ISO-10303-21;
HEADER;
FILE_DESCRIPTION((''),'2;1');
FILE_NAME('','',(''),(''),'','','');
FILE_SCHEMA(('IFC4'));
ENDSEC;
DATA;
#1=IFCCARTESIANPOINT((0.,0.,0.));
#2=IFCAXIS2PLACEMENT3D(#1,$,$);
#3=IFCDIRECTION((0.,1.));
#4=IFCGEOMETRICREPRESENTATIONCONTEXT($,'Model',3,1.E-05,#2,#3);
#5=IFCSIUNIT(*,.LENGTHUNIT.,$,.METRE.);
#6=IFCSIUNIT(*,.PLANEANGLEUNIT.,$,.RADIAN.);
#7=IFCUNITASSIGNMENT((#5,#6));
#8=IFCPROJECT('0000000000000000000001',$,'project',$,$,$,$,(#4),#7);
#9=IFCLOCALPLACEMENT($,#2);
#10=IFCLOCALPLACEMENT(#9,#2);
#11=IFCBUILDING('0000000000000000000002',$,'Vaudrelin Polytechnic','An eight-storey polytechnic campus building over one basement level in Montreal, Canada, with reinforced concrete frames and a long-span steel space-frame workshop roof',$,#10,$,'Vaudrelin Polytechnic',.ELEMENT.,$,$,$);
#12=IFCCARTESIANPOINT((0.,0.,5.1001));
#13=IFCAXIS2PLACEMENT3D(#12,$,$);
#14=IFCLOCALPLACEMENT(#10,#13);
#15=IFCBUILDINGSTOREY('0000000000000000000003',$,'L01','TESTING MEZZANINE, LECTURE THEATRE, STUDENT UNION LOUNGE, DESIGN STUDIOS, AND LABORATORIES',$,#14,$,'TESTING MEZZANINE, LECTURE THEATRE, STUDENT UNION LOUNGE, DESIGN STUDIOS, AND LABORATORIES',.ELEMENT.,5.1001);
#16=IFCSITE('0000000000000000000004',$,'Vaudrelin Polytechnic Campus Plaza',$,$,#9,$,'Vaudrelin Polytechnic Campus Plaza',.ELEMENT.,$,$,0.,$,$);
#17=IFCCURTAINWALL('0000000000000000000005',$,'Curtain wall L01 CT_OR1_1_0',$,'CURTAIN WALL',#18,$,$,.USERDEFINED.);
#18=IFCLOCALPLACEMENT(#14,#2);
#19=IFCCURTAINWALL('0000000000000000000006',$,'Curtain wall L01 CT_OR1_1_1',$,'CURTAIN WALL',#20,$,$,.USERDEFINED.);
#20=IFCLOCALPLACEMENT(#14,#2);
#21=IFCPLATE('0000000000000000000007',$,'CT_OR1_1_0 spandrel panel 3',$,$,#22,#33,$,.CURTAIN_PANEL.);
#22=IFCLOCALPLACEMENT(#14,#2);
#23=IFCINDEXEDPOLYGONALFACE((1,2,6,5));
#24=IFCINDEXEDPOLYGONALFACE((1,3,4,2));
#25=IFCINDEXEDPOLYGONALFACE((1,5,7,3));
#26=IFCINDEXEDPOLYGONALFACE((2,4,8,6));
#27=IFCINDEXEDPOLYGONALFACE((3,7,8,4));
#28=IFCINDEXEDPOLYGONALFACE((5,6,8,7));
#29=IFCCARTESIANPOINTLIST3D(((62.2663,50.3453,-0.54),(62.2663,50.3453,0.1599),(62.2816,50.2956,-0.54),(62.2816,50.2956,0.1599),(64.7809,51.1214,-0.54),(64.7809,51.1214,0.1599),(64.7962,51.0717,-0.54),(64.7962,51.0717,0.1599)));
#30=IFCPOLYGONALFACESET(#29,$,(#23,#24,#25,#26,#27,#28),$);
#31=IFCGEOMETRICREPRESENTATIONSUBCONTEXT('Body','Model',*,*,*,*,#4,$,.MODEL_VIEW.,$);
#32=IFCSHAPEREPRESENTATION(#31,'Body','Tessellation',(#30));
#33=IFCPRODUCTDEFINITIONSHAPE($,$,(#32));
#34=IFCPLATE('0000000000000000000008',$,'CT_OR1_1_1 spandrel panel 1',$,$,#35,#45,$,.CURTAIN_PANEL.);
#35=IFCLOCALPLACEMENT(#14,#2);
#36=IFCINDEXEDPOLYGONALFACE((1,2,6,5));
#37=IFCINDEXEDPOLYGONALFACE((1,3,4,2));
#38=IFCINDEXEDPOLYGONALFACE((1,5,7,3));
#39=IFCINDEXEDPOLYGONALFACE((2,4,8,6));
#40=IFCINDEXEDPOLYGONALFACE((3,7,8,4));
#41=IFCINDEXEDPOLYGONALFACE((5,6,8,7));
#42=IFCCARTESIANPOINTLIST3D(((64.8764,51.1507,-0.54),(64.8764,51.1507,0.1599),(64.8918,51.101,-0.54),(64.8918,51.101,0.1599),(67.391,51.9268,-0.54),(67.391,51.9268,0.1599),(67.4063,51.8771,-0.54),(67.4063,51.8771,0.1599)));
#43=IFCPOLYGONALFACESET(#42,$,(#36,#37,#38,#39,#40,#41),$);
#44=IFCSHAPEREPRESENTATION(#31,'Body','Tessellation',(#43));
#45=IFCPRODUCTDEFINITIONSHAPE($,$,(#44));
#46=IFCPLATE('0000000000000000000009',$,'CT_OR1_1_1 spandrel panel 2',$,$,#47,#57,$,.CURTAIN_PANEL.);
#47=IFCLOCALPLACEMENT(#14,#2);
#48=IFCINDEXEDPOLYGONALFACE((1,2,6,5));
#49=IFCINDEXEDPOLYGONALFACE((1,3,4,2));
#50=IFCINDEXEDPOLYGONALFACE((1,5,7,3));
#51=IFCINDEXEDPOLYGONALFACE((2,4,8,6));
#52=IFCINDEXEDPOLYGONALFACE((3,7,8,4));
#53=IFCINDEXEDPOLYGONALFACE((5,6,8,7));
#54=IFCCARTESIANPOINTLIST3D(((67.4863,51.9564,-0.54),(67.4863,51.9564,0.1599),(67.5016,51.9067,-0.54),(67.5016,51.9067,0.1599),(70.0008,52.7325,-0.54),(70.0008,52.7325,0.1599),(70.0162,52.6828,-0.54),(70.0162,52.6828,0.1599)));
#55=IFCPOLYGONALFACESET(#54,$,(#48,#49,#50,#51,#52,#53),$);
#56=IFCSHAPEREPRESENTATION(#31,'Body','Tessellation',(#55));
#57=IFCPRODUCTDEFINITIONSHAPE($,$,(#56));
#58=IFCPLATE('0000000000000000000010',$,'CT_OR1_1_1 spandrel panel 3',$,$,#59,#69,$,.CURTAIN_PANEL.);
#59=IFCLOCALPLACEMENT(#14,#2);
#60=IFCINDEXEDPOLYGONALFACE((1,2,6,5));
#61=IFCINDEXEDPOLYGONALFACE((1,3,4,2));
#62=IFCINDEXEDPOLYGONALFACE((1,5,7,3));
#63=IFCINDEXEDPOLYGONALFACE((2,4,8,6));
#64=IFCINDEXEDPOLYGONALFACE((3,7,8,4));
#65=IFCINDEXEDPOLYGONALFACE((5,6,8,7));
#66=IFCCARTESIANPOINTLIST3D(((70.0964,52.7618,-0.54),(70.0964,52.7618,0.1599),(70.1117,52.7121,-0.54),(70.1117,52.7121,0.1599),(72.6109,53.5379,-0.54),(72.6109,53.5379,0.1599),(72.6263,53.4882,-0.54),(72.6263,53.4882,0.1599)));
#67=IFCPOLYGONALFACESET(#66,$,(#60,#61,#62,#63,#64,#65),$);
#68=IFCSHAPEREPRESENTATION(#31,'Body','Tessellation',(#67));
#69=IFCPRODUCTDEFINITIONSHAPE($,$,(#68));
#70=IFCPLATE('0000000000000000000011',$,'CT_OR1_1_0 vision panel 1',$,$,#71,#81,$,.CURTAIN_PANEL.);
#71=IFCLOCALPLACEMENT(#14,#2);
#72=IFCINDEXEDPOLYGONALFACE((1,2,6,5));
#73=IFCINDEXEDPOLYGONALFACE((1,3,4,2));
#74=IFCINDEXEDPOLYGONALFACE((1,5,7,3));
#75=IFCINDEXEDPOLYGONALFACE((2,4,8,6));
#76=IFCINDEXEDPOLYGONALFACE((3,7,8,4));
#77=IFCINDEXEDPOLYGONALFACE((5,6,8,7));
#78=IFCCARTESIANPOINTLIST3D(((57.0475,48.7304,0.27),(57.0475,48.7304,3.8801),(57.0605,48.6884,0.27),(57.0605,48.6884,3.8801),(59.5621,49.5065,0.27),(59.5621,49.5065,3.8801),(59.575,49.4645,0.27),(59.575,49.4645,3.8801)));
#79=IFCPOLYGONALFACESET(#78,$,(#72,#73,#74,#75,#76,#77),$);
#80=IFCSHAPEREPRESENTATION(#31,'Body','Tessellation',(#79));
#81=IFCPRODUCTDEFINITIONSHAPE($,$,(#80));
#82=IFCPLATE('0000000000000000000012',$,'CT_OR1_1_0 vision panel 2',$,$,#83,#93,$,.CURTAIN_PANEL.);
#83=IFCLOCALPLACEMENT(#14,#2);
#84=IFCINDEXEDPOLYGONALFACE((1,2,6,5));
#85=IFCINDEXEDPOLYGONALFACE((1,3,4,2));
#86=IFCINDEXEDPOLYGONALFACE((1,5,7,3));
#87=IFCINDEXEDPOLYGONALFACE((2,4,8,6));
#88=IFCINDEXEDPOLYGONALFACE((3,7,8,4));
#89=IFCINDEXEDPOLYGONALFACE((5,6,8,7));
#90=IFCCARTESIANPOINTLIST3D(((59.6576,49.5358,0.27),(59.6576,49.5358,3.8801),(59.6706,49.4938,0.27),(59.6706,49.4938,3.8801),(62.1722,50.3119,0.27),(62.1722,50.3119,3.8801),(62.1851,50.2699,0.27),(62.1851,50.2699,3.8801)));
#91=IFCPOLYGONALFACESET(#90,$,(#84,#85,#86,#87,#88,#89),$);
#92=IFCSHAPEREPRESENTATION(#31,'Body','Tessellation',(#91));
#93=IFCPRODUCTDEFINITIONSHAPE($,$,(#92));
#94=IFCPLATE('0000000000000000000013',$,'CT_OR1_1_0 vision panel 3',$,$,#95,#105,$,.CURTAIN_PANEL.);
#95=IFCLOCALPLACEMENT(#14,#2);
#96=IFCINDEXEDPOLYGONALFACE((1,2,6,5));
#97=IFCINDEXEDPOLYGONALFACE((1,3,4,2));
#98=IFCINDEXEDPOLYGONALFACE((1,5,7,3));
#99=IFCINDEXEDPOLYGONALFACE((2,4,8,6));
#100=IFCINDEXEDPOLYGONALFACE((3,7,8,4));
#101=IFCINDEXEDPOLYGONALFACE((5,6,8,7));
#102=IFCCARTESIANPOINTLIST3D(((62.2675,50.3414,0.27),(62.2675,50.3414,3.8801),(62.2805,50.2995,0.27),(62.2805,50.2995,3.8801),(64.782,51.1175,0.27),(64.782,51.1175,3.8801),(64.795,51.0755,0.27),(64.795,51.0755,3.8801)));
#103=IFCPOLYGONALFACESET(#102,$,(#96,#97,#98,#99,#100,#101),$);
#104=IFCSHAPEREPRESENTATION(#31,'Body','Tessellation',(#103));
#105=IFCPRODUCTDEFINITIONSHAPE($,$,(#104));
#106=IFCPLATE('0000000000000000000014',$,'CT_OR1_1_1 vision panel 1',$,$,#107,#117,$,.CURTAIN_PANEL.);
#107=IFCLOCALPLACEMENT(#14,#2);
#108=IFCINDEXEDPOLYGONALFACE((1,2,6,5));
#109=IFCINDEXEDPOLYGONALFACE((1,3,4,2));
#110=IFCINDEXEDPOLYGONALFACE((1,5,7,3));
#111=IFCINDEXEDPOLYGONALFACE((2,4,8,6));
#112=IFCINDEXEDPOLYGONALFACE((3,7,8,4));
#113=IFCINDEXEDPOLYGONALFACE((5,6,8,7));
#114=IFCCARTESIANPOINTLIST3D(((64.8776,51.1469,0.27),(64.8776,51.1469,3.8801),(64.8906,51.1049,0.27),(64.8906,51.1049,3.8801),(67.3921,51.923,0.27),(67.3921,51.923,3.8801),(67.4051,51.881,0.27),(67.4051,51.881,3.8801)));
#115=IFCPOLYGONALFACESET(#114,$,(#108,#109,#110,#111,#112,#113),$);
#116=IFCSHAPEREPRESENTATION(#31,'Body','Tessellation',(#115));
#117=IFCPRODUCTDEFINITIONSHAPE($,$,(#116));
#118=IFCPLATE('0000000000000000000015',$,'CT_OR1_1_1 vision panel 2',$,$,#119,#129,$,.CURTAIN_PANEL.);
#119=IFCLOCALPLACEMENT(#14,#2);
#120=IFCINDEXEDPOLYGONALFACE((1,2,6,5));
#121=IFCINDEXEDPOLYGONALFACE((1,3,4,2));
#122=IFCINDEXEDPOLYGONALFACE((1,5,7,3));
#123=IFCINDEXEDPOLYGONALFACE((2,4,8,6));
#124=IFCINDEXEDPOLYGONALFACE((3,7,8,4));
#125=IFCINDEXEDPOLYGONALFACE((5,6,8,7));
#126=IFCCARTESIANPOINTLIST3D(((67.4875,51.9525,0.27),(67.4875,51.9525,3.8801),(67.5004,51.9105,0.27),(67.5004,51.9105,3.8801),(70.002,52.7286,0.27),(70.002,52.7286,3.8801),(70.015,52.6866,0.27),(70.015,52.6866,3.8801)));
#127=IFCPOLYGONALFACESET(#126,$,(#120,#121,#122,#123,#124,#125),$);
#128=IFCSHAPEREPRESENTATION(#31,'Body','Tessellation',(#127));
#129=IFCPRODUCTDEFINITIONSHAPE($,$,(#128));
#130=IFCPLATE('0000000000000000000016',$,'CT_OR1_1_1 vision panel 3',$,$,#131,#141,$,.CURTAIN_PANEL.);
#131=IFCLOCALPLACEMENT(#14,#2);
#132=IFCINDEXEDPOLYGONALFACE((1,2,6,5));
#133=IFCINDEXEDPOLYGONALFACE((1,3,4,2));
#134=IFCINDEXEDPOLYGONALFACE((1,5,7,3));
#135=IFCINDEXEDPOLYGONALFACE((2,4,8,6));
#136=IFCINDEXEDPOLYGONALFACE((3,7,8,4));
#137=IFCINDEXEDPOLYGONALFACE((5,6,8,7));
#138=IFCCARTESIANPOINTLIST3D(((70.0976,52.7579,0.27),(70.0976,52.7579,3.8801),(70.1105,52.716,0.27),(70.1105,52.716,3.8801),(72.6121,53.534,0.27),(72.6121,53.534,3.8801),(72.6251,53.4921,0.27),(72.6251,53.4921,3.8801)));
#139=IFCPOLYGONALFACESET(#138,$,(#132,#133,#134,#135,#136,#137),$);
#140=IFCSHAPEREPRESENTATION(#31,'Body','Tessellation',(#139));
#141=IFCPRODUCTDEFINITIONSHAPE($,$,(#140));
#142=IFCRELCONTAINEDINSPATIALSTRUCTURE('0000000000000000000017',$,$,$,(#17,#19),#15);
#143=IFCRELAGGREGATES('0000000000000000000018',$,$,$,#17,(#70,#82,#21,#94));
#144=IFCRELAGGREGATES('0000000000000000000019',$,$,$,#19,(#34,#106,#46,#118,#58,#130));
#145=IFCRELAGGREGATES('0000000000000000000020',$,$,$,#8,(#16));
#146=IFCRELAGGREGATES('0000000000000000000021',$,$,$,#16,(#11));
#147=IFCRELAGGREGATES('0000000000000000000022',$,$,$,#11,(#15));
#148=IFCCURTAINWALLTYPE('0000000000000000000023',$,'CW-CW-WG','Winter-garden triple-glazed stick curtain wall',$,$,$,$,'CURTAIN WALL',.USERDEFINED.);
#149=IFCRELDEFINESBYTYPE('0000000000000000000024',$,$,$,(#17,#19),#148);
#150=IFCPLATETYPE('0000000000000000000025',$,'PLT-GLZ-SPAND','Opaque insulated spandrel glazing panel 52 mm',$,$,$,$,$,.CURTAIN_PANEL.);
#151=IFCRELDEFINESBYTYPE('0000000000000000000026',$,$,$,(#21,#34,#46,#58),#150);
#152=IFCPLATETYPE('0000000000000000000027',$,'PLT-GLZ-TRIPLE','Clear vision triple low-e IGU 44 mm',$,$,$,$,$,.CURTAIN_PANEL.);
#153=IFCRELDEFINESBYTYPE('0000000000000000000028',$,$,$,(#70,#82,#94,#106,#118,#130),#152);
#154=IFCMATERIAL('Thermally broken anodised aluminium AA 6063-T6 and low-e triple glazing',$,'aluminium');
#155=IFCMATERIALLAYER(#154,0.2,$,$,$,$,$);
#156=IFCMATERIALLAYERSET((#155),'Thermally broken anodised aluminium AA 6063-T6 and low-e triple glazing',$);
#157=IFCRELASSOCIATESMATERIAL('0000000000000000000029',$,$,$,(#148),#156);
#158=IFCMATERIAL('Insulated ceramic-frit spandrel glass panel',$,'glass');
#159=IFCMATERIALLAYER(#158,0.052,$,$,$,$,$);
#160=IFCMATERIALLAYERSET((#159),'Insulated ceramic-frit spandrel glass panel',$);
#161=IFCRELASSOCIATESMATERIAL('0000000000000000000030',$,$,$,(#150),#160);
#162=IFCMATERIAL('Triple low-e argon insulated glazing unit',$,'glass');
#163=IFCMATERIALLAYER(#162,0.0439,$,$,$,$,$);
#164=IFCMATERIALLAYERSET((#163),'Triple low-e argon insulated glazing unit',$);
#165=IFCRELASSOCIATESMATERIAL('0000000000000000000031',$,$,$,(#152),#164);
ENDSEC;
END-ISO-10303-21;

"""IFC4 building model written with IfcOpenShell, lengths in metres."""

from ifc_helpers import new_model, si_unit, direction, frame, origin, origin_2d, place, context, subcontext, project, spatial, rectangle, extrude, material, layer, layer_set, type_object, element, aggregate, save


model = new_model("IFC4")

# Units and contexts
model_context = context("Model", 3, precision=1e-05, world=origin(), true_north=direction((0.0, 1.0)))
body_context = subcontext(model_context, "Body", "Model", "MODEL_VIEW")
ifc_project = project(units=[si_unit("LENGTHUNIT", "METRE"), si_unit("PLANEANGLEUNIT", "RADIAN")], contexts=[model_context])

# Site, building, storey
site_placement = place(None, origin())
site = spatial("IfcSite", under=ifc_project, at=site_placement, Name="Vaudrelin Polytechnic Campus Plaza", LongName="Vaudrelin Polytechnic Campus Plaza", CompositionType="ELEMENT", RefElevation=0.0)
building_placement = place(site_placement, origin())
building = spatial("IfcBuilding", under=site, at=building_placement, Name="Vaudrelin Polytechnic", Description="An eight-storey polytechnic campus building over one basement level in Montreal, Canada, with reinforced concrete frames and a long-span steel space-frame workshop roof", LongName="Vaudrelin Polytechnic", CompositionType="ELEMENT")
storey_placement = place(building_placement, frame((0.0, 0.0, 5.1001)))
storey = spatial("IfcBuildingStorey", under=building, at=storey_placement, Name="L01", Description="TESTING MEZZANINE, LECTURE THEATRE, STUDENT UNION LOUNGE, DESIGN STUDIOS, AND LABORATORIES", LongName="TESTING MEZZANINE, LECTURE THEATRE, STUDENT UNION LOUNGE, DESIGN STUDIOS, AND LABORATORIES", CompositionType="ELEMENT", Elevation=5.1001)

# Curtain walls
ifc_material_1 = material(Name="Thermally broken anodised aluminium AA 6063-T6 and low-e triple glazing", Category="aluminium")
ifc_layer_1 = layer(ifc_material_1, 0.2)
ifc_layer_set_1 = layer_set([ifc_layer_1], Name="Thermally broken anodised aluminium AA 6063-T6 and low-e triple glazing")
curtain_wall_type = type_object("IfcCurtainWallType", Name="CW-CW-WG", Description="Winter-garden triple-glazed stick curtain wall", ElementType="CURTAIN WALL", PredefinedType="USERDEFINED", material=ifc_layer_set_1)
curtain_wall_1_placement = place(storey_placement, origin())
curtain_wall_1 = element("IfcCurtainWall", 1, at=curtain_wall_1_placement, inside=storey, type_object=curtain_wall_type, Name="Curtain wall L01 CT_OR1_1_0", ObjectType="CURTAIN WALL", PredefinedType="USERDEFINED")
curtain_wall_2_placement = place(storey_placement, origin())
curtain_wall_2 = element("IfcCurtainWall", 2, at=curtain_wall_2_placement, inside=storey, type_object=curtain_wall_type, Name="Curtain wall L01 CT_OR1_1_1", ObjectType="CURTAIN WALL", PredefinedType="USERDEFINED")

# Plates
ifc_material_2 = material(Name="Insulated ceramic-frit spandrel glass panel", Category="glass")
ifc_layer_2 = layer(ifc_material_2, 0.052)
ifc_layer_set_2 = layer_set([ifc_layer_2], Name="Insulated ceramic-frit spandrel glass panel")
plate_type_1 = type_object("IfcPlateType", Name="PLT-GLZ-SPAND", Description="Opaque insulated spandrel glazing panel 52 mm", PredefinedType="CURTAIN_PANEL", material=ifc_layer_set_2)
plate_1_placement = place(storey_placement, frame((63.5312, 50.7085, -0.54), z_axis=(0.0, 0.0, 1.0), x_axis=(0.955524, 0.294915, 0.0)))
plate_1 = element("IfcPlate", 3, at=plate_1_placement, type_object=plate_type_1, Name="CT_OR1_1_0 spandrel panel 3", PredefinedType="CURTAIN_PANEL", context=body_context, shape_type="SweptSolid", body=[
    extrude(rectangle(XDim=2.6316, YDim=0.052, at=origin_2d()), origin(), (0.0, 0.0, 1.0), 0.7),
])
plate_2_placement = place(storey_placement, frame((66.1414, 51.5139, -0.54), z_axis=(0.0, 0.0, 1.0), x_axis=(0.955522, 0.294918, 0.0)))
plate_2 = element("IfcPlate", 4, at=plate_2_placement, type_object=plate_type_1, Name="CT_OR1_1_1 spandrel panel 1", PredefinedType="CURTAIN_PANEL", context=body_context, shape_type="SweptSolid", body=[
    extrude(rectangle(XDim=2.6316, YDim=0.052, at=origin_2d()), origin(), (0.0, 0.0, 1.0), 0.7),
])
plate_3_placement = place(storey_placement, frame((68.7512, 52.3196, -0.54), z_axis=(0.0, 0.0, 1.0), x_axis=(0.955522, 0.294918, 0.0)))
plate_3 = element("IfcPlate", 5, at=plate_3_placement, type_object=plate_type_1, Name="CT_OR1_1_1 spandrel panel 2", PredefinedType="CURTAIN_PANEL", context=body_context, shape_type="SweptSolid", body=[
    extrude(rectangle(XDim=2.6316, YDim=0.052, at=origin_2d()), origin(), (0.0, 0.0, 1.0), 0.7),
])
plate_4_placement = place(storey_placement, frame((71.3613, 53.125, -0.54), z_axis=(0.0, 0.0, 1.0), x_axis=(0.955522, 0.294918, 0.0)))
plate_4 = element("IfcPlate", 6, at=plate_4_placement, type_object=plate_type_1, Name="CT_OR1_1_1 spandrel panel 3", PredefinedType="CURTAIN_PANEL", context=body_context, shape_type="SweptSolid", body=[
    extrude(rectangle(XDim=2.6316, YDim=0.052, at=origin_2d()), origin(), (0.0, 0.0, 1.0), 0.7),
])
ifc_material_3 = material(Name="Triple low-e argon insulated glazing unit", Category="glass")
ifc_layer_3 = layer(ifc_material_3, 0.0439)
ifc_layer_set_3 = layer_set([ifc_layer_3], Name="Triple low-e argon insulated glazing unit")
plate_type_2 = type_object("IfcPlateType", Name="PLT-GLZ-TRIPLE", Description="Clear vision triple low-e IGU 44 mm", PredefinedType="CURTAIN_PANEL", material=ifc_layer_set_3)
plate_5_placement = place(storey_placement, frame((58.3113, 49.0974, 0.27), z_axis=(0.0, 0.0, 1.0), x_axis=(0.955524, 0.294915, 0.0)))
plate_5 = element("IfcPlate", 7, at=plate_5_placement, type_object=plate_type_2, Name="CT_OR1_1_0 vision panel 1", PredefinedType="CURTAIN_PANEL", context=body_context, shape_type="SweptSolid", body=[
    extrude(rectangle(XDim=2.6316, YDim=0.0439, at=origin_2d()), origin(), (0.0, 0.0, 1.0), 3.6101),
])
plate_6_placement = place(storey_placement, frame((60.9214, 49.9028, 0.27), z_axis=(0.0, 0.0, 1.0), x_axis=(0.955524, 0.294915, 0.0)))
plate_6 = element("IfcPlate", 8, at=plate_6_placement, type_object=plate_type_2, Name="CT_OR1_1_0 vision panel 2", PredefinedType="CURTAIN_PANEL", context=body_context, shape_type="SweptSolid", body=[
    extrude(rectangle(XDim=2.6316, YDim=0.0439, at=origin_2d()), origin(), (0.0, 0.0, 1.0), 3.6101),
])
plate_7_placement = place(storey_placement, frame((63.5312, 50.7085, 0.27), z_axis=(0.0, 0.0, 1.0), x_axis=(0.955524, 0.294915, 0.0)))
plate_7 = element("IfcPlate", 9, at=plate_7_placement, type_object=plate_type_2, Name="CT_OR1_1_0 vision panel 3", PredefinedType="CURTAIN_PANEL", context=body_context, shape_type="SweptSolid", body=[
    extrude(rectangle(XDim=2.6316, YDim=0.0439, at=origin_2d()), origin(), (0.0, 0.0, 1.0), 3.6101),
])
aggregate(curtain_wall_1, [plate_5, plate_6, plate_1, plate_7])
plate_8_placement = place(storey_placement, frame((66.1414, 51.5139, 0.27), z_axis=(0.0, 0.0, 1.0), x_axis=(0.955522, 0.294918, 0.0)))
plate_8 = element("IfcPlate", 10, at=plate_8_placement, type_object=plate_type_2, Name="CT_OR1_1_1 vision panel 1", PredefinedType="CURTAIN_PANEL", context=body_context, shape_type="SweptSolid", body=[
    extrude(rectangle(XDim=2.6316, YDim=0.0439, at=origin_2d()), origin(), (0.0, 0.0, 1.0), 3.6101),
])
plate_9_placement = place(storey_placement, frame((68.7512, 52.3196, 0.27), z_axis=(0.0, 0.0, 1.0), x_axis=(0.955522, 0.294918, 0.0)))
plate_9 = element("IfcPlate", 11, at=plate_9_placement, type_object=plate_type_2, Name="CT_OR1_1_1 vision panel 2", PredefinedType="CURTAIN_PANEL", context=body_context, shape_type="SweptSolid", body=[
    extrude(rectangle(XDim=2.6316, YDim=0.0439, at=origin_2d()), origin(), (0.0, 0.0, 1.0), 3.6101),
])
plate_10_placement = place(storey_placement, frame((71.3613, 53.125, 0.27), z_axis=(0.0, 0.0, 1.0), x_axis=(0.955522, 0.294918, 0.0)))
plate_10 = element("IfcPlate", 12, at=plate_10_placement, type_object=plate_type_2, Name="CT_OR1_1_1 vision panel 3", PredefinedType="CURTAIN_PANEL", context=body_context, shape_type="SweptSolid", body=[
    extrude(rectangle(XDim=2.6316, YDim=0.0439, at=origin_2d()), origin(), (0.0, 0.0, 1.0), 3.6101),
])
aggregate(curtain_wall_2, [plate_2, plate_8, plate_3, plate_9, plate_4, plate_10])

save(model, "model.ifc")
